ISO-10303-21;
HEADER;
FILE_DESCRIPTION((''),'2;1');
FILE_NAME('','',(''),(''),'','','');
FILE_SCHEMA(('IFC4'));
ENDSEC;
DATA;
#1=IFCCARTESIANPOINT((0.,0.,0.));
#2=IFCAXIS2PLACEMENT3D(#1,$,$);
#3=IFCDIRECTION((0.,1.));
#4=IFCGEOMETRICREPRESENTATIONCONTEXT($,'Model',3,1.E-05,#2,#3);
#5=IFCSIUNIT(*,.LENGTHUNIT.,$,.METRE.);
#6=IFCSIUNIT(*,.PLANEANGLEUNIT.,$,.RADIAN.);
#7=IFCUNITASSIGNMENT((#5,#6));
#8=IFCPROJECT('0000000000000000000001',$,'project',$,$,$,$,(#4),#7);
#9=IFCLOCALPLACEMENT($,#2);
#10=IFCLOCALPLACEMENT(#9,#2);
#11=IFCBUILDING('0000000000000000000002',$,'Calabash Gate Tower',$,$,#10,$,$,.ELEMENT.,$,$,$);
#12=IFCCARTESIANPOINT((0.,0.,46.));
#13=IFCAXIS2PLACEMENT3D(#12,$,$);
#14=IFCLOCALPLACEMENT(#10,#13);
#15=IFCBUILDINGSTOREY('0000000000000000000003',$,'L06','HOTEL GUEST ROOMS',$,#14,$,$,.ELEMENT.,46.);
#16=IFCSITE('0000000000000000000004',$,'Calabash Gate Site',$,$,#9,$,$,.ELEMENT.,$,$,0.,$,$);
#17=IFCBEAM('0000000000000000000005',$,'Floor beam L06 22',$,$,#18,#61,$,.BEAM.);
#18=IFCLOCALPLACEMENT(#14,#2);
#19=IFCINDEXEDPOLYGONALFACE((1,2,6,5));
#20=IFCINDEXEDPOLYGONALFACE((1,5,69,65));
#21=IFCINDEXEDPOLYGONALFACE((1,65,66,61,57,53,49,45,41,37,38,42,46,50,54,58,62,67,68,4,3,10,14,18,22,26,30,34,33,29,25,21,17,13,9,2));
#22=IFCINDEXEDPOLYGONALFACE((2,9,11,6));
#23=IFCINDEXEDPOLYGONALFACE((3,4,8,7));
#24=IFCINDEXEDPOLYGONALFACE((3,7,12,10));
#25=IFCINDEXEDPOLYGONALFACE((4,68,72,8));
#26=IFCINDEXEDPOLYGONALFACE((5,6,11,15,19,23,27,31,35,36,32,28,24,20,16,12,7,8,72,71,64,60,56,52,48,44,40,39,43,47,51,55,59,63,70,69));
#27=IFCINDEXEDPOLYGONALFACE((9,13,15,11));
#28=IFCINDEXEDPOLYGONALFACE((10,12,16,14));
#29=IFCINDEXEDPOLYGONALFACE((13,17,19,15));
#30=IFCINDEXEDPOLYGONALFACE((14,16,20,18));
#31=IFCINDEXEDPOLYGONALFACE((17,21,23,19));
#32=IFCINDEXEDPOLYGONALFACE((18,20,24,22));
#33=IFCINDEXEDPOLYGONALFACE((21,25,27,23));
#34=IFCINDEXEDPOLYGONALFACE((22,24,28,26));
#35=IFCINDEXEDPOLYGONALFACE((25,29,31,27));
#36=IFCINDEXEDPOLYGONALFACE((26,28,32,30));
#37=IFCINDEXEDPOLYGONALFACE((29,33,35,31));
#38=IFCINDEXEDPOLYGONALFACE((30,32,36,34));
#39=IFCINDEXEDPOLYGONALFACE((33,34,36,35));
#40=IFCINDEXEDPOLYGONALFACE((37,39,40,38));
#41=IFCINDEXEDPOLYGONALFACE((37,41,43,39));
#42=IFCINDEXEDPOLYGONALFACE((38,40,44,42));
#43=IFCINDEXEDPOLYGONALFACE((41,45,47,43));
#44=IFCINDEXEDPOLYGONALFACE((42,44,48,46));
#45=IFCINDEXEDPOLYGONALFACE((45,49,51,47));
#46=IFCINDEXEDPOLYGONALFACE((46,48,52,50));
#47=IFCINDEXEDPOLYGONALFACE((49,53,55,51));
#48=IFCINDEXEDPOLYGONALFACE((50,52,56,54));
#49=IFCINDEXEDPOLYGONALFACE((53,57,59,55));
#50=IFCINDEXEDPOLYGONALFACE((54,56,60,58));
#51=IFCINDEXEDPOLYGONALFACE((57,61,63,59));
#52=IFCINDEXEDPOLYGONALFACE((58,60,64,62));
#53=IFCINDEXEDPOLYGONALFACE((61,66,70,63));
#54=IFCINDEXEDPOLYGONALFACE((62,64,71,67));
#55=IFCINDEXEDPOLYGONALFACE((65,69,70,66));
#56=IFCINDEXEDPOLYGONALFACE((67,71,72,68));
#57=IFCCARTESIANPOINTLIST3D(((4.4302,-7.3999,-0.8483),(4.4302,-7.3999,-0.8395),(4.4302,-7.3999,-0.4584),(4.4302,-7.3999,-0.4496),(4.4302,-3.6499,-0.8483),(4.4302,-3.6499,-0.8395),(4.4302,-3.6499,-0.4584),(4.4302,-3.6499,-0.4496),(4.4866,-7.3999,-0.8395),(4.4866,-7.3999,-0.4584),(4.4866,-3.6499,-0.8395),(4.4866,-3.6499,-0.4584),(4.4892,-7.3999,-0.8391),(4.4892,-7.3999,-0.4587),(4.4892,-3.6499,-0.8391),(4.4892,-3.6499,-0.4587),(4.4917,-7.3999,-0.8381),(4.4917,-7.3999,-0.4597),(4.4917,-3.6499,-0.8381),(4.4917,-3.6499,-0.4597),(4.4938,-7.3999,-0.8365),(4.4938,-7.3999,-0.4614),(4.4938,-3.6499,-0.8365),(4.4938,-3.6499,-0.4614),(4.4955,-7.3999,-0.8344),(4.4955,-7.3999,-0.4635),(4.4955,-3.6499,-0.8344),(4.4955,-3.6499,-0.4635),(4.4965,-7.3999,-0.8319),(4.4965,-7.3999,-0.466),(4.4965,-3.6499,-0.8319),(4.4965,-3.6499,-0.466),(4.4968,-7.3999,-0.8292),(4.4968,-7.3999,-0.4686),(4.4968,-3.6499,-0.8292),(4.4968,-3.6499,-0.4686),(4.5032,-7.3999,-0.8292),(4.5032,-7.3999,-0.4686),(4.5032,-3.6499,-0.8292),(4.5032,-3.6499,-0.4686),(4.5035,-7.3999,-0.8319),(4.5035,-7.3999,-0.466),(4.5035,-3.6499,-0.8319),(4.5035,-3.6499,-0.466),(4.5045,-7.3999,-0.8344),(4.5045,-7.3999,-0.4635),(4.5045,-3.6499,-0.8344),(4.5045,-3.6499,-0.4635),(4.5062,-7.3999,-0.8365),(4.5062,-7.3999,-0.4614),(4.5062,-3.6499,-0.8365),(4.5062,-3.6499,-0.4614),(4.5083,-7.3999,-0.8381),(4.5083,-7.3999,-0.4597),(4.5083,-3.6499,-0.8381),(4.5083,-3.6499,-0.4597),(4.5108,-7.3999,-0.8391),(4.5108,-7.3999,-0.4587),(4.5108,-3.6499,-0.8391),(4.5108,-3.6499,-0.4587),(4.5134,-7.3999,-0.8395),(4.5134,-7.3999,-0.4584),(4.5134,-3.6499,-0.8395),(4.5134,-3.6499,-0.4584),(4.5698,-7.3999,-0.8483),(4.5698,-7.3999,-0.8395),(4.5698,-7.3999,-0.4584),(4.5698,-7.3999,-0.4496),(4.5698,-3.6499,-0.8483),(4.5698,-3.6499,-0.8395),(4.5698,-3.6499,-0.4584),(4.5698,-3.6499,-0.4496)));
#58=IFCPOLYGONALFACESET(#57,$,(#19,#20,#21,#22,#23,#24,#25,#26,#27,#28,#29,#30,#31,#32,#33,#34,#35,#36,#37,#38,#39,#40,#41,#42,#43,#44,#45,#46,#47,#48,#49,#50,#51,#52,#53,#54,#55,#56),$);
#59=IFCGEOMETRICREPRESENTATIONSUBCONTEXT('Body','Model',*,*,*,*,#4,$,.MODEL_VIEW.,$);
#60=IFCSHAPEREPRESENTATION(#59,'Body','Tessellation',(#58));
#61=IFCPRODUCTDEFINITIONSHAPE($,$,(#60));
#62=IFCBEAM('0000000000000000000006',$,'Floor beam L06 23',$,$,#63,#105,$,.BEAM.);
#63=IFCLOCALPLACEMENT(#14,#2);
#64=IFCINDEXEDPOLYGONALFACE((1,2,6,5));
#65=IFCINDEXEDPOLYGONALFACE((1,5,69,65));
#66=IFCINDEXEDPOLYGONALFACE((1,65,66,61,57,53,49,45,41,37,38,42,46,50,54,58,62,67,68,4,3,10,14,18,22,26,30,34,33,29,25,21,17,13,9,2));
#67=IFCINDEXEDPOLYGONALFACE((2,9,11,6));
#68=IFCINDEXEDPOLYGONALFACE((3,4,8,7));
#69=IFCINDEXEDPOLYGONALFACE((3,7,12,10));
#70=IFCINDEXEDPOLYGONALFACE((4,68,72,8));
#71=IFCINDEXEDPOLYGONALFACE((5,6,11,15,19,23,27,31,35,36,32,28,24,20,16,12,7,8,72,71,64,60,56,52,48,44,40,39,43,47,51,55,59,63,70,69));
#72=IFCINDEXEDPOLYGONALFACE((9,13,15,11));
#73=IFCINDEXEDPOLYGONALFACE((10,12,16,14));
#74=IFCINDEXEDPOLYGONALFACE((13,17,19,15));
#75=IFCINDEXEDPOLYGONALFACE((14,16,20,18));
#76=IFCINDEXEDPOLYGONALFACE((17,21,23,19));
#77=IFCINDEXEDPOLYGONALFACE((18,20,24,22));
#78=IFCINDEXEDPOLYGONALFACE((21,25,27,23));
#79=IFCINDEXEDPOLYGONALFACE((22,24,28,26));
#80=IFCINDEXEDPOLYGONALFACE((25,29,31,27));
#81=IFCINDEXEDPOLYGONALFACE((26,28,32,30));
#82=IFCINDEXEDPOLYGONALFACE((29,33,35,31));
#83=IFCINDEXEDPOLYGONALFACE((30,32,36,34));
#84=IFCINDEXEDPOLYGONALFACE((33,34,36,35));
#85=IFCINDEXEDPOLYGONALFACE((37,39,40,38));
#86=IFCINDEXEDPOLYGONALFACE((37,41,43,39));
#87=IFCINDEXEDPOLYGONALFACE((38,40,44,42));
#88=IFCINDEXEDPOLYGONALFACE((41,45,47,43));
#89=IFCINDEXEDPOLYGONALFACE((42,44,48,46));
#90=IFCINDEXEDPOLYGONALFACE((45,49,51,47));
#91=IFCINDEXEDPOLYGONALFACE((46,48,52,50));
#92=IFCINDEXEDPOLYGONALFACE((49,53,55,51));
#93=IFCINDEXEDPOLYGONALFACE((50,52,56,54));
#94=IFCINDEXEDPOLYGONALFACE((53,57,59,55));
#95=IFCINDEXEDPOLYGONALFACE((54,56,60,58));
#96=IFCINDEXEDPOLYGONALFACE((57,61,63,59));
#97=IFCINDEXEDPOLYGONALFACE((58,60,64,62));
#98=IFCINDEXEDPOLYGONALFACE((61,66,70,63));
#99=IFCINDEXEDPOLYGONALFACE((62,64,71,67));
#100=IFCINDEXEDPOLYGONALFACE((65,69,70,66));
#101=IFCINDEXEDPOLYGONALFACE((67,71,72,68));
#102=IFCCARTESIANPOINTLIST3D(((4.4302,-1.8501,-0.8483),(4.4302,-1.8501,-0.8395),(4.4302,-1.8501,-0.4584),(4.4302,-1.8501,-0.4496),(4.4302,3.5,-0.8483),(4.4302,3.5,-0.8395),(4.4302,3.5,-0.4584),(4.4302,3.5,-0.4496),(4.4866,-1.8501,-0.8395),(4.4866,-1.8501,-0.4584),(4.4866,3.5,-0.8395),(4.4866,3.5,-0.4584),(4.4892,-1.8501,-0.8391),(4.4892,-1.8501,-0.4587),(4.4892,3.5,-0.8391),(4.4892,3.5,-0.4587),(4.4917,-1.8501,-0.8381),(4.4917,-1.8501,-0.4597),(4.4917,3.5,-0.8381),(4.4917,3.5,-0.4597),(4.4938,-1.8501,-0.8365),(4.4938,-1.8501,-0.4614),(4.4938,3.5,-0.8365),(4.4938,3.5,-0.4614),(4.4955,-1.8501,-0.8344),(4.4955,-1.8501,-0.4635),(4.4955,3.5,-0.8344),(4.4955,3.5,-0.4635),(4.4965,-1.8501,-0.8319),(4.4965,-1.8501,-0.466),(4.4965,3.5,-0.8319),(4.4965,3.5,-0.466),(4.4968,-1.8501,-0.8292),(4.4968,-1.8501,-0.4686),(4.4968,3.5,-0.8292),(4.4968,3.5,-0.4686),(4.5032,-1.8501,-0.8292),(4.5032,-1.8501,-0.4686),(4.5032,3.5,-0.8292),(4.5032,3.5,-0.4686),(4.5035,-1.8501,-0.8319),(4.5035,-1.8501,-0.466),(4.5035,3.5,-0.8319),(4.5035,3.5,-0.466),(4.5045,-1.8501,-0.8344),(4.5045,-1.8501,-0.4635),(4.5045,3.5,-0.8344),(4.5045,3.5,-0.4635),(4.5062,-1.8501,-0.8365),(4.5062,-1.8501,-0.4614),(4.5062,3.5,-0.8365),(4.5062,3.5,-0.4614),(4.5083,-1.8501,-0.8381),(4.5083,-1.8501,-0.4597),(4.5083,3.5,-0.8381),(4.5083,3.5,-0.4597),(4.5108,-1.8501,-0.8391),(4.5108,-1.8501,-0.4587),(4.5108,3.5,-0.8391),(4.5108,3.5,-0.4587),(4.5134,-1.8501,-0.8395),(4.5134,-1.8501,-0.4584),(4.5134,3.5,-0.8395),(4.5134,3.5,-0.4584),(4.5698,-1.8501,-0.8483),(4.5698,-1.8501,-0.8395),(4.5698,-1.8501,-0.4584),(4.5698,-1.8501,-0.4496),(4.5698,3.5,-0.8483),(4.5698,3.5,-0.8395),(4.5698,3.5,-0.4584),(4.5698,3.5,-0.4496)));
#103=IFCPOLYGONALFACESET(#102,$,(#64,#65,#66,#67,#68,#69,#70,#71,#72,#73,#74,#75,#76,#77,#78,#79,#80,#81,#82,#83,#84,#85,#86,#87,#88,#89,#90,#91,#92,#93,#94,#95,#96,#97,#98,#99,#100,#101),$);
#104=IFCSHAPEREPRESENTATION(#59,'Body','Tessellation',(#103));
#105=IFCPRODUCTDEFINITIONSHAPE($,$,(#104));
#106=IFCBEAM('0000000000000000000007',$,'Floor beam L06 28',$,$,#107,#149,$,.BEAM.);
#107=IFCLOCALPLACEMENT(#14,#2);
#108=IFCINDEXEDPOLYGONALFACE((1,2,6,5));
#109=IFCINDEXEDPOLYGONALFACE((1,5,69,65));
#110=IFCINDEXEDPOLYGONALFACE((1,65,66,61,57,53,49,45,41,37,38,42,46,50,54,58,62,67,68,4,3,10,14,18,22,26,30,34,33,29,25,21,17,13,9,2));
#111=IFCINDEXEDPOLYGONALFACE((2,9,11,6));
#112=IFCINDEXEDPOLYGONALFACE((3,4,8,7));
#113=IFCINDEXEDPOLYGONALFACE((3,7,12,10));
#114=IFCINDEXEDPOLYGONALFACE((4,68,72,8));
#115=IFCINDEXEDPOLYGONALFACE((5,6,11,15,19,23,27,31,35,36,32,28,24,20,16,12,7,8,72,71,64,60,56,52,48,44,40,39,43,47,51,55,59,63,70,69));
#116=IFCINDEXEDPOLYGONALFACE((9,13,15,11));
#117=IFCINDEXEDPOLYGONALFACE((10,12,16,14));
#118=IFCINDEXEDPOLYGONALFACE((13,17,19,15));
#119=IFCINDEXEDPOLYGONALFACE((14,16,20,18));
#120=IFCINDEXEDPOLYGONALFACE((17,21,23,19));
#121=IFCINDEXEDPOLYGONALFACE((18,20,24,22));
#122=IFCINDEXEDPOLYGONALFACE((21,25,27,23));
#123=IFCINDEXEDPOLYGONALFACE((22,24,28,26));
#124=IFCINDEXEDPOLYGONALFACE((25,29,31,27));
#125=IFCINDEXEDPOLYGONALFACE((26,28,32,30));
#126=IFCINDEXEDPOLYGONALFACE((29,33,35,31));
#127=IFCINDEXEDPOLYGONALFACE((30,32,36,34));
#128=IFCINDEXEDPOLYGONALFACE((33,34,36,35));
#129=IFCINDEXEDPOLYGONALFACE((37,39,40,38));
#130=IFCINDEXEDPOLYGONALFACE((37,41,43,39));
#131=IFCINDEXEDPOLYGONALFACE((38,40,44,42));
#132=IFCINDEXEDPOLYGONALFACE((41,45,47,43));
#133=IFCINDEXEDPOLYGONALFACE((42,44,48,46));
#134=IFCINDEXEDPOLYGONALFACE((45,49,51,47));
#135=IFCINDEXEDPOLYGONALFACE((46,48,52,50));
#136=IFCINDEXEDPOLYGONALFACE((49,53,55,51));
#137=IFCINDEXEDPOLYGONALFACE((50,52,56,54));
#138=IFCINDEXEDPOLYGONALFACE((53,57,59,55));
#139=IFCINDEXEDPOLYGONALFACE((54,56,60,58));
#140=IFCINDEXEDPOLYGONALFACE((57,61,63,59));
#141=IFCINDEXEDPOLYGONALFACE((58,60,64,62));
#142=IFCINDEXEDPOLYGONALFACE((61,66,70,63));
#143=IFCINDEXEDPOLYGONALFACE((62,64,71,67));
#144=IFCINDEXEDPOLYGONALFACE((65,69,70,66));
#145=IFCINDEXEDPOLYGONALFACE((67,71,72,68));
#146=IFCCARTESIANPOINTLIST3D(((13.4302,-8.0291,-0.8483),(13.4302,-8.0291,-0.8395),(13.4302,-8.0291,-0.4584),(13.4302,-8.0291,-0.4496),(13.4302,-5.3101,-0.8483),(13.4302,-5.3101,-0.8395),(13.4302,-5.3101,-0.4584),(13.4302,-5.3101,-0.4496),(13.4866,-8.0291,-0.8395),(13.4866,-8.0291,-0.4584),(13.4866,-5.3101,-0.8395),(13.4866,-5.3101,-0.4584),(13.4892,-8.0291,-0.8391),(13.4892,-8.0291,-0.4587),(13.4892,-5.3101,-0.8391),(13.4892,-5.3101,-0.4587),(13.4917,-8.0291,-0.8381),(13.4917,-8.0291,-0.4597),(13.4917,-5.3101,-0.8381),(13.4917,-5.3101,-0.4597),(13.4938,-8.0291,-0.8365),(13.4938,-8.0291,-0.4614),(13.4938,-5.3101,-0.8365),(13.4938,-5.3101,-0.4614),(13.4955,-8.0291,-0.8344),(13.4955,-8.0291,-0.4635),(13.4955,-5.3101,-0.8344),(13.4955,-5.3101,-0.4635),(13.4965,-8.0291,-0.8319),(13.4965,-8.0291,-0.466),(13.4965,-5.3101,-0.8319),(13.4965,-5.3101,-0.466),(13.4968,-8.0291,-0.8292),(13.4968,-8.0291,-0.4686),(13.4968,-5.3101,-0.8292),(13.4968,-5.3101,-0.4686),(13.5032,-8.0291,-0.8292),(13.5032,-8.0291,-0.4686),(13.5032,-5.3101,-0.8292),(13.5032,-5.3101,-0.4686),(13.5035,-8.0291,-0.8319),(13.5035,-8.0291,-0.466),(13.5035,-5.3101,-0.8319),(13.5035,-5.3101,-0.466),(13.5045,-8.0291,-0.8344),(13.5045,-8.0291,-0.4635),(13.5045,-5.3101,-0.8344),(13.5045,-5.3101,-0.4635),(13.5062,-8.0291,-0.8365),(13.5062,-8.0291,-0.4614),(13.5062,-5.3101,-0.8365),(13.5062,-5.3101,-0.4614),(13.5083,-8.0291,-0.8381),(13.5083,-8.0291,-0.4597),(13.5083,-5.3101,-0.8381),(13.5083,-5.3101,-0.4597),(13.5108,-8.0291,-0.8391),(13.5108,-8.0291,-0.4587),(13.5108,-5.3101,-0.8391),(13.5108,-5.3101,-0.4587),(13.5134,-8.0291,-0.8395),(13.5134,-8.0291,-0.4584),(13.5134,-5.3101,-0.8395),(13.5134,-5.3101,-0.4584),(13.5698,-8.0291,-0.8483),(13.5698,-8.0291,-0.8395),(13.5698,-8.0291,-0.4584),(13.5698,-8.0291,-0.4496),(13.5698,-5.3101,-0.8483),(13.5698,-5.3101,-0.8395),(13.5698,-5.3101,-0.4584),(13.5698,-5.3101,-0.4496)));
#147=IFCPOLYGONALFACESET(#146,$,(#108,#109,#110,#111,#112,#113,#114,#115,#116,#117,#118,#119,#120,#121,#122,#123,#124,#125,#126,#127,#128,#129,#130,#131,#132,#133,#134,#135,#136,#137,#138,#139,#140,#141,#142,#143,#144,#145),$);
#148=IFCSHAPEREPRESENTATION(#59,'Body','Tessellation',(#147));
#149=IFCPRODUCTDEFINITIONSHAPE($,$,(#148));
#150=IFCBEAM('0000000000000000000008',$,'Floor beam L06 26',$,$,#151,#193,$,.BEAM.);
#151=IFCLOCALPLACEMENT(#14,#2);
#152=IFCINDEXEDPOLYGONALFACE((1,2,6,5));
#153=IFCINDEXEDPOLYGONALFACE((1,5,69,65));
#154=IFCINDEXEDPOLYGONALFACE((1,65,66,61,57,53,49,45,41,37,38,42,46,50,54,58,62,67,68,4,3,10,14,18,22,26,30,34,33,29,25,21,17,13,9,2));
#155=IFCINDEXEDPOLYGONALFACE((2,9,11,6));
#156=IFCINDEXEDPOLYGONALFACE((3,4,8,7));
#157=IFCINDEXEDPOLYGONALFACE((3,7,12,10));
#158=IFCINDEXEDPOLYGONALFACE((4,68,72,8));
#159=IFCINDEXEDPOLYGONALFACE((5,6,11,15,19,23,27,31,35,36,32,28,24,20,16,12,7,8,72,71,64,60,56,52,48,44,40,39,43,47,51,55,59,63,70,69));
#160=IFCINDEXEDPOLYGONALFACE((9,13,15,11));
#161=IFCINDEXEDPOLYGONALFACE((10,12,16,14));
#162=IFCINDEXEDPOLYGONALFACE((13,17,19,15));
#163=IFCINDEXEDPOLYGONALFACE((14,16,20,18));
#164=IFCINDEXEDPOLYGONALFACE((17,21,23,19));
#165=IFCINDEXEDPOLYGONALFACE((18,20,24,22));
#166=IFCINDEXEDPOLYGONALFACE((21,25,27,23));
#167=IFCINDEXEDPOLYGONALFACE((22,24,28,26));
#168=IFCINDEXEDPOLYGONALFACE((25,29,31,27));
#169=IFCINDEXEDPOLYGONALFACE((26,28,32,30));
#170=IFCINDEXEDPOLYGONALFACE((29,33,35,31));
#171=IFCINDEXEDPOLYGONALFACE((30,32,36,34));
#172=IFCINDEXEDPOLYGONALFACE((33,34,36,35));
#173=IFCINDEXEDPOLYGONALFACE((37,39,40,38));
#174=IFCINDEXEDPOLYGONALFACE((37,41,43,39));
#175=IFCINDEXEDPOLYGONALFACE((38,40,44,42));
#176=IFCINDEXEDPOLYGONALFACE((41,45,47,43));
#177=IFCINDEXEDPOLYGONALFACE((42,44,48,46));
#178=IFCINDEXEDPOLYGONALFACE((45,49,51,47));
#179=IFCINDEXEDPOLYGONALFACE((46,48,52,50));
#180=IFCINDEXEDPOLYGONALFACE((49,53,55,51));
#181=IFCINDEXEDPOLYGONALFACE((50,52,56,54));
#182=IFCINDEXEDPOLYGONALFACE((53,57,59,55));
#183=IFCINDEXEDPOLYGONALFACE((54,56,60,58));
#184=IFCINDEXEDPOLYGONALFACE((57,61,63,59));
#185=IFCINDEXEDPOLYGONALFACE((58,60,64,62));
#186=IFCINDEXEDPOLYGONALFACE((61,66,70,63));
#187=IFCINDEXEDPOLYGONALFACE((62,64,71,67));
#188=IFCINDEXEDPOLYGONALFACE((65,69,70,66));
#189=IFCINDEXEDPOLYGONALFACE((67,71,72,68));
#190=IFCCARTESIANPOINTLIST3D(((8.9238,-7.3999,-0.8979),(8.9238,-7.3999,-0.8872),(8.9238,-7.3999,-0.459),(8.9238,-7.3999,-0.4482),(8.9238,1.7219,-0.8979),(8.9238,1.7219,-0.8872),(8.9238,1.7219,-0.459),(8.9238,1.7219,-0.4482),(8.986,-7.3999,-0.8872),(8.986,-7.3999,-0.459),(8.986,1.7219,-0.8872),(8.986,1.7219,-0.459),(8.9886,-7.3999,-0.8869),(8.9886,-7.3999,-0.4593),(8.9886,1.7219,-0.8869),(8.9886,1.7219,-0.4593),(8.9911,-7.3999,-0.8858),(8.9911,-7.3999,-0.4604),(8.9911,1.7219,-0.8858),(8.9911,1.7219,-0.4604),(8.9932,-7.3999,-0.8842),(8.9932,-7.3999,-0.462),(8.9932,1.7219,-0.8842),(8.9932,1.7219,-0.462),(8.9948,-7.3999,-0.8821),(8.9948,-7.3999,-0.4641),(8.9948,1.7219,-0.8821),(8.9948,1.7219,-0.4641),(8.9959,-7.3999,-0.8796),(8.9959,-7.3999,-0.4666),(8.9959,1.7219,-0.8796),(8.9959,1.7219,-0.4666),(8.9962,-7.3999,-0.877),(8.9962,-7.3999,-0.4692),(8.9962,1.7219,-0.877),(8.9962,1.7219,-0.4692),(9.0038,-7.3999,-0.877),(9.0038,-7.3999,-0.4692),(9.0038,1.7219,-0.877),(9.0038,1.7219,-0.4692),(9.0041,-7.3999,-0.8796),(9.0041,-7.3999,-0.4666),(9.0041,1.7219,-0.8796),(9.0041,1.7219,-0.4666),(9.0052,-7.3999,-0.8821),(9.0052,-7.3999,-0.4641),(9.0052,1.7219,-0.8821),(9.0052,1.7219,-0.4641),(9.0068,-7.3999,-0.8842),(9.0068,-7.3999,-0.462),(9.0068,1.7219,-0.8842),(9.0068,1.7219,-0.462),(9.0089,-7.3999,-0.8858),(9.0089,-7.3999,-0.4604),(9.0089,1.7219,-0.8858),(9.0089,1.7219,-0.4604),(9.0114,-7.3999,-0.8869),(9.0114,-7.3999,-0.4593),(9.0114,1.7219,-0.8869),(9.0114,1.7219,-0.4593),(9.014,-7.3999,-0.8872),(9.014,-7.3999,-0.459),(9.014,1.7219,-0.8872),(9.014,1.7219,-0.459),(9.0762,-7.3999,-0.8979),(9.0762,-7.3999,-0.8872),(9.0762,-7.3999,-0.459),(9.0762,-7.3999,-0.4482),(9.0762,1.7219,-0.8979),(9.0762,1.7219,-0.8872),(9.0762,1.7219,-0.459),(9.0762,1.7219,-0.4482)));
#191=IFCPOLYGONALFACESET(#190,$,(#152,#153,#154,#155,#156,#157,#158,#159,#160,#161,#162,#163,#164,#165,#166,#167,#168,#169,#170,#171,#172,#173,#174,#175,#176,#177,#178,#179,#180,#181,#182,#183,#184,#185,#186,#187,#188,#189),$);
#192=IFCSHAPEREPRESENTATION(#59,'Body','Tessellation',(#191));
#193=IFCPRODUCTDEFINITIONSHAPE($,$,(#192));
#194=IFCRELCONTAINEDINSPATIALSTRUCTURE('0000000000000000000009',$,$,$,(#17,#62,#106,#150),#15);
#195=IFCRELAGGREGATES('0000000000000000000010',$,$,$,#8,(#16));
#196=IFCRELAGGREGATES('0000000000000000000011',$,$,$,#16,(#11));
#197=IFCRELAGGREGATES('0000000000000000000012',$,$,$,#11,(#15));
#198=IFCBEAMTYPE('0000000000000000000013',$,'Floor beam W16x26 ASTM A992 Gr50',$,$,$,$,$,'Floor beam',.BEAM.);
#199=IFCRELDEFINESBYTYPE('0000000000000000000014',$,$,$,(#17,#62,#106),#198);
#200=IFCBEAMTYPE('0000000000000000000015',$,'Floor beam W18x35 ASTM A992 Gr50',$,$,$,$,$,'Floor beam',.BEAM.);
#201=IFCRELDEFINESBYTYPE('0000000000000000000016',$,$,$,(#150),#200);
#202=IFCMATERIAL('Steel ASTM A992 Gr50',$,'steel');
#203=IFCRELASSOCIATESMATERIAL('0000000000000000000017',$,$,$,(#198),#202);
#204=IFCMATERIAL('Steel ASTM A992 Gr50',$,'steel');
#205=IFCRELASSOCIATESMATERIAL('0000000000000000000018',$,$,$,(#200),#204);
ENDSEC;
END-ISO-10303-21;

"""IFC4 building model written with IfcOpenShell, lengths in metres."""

from ifc_helpers import new_model, si_unit, direction, frame, origin, origin_2d, place, context, subcontext, project, spatial, i_section, extrude, material, material_profile, profile_set, type_object, element, save


model = new_model("IFC4")

# Units and contexts
model_context = context("Model", 3, precision=1e-05, world=origin(), true_north=direction((0.0, 1.0)))
body_context = subcontext(model_context, "Body", "Model", "MODEL_VIEW")
ifc_project = project(units=[si_unit("LENGTHUNIT", "METRE"), si_unit("PLANEANGLEUNIT", "RADIAN")], contexts=[model_context])

# Site, building, storey
site_placement = place(None, origin())
site = spatial("IfcSite", under=ifc_project, at=site_placement, Name="Calabash Gate Site", CompositionType="ELEMENT", RefElevation=0.0)
building_placement = place(site_placement, origin())
building = spatial("IfcBuilding", under=site, at=building_placement, Name="Calabash Gate Tower", CompositionType="ELEMENT")
storey_placement = place(building_placement, frame((0.0, 0.0, 46.0)))
storey = spatial("IfcBuildingStorey", under=building, at=storey_placement, Name="L06", Description="HOTEL GUEST ROOMS", CompositionType="ELEMENT", Elevation=46.0)

# Beams
ifc_material_1 = material(Name="Steel ASTM A992 Gr50", Category="steel")
ifc_material_profile_1 = material_profile(ifc_material_1, i_section(OverallWidth=0.1396, OverallDepth=0.3987, WebThickness=0.0063, FlangeThickness=0.0088, FilletRadius=0.0103, at=origin_2d()))
ifc_profile_set_1 = profile_set([ifc_material_profile_1], Name="Steel ASTM A992 Gr50")
beam_type_1 = type_object("IfcBeamType", Name="Floor beam W16x26 ASTM A992 Gr50", ElementType="Floor beam", PredefinedType="BEAM", material=ifc_profile_set_1)
beam_1_placement = place(storey_placement, frame((4.5, -7.3999, -0.6489), z_axis=(0.0, 1.0, 0.0), x_axis=(-1.0, 0.0, 0.0)))
element("IfcBeam", 1, at=beam_1_placement, inside=storey, type_object=beam_type_1, Name="Floor beam L06 22", PredefinedType="BEAM", context=body_context, shape_type="SweptSolid", body=[
    extrude(i_section(OverallWidth=0.1396, OverallDepth=0.3987, WebThickness=0.0063, FlangeThickness=0.0088, FilletRadius=0.0103, at=origin_2d()), origin(), (0.0, 0.0, 1.0), 3.75),
])
beam_2_placement = place(storey_placement, frame((4.5, -1.8501, -0.6489), z_axis=(0.0, 1.0, 0.0), x_axis=(-1.0, 0.0, 0.0)))
element("IfcBeam", 2, at=beam_2_placement, inside=storey, type_object=beam_type_1, Name="Floor beam L06 23", PredefinedType="BEAM", context=body_context, shape_type="SweptSolid", body=[
    extrude(i_section(OverallWidth=0.1396, OverallDepth=0.3987, WebThickness=0.0063, FlangeThickness=0.0088, FilletRadius=0.0103, at=origin_2d()), origin(), (0.0, 0.0, 1.0), 5.3501),
])
beam_3_placement = place(storey_placement, frame((13.5, -8.0291, -0.6489), z_axis=(0.0, 1.0, 0.0), x_axis=(-1.0, 0.0, 0.0)))
element("IfcBeam", 3, at=beam_3_placement, inside=storey, type_object=beam_type_1, Name="Floor beam L06 28", PredefinedType="BEAM", context=body_context, shape_type="SweptSolid", body=[
    extrude(i_section(OverallWidth=0.1396, OverallDepth=0.3987, WebThickness=0.0063, FlangeThickness=0.0088, FilletRadius=0.0103, at=origin_2d()), origin(), (0.0, 0.0, 1.0), 2.719),
])
ifc_material_2 = material(Name="Steel ASTM A992 Gr50", Category="steel")
ifc_material_profile_2 = material_profile(ifc_material_2, i_section(OverallWidth=0.1523, OverallDepth=0.4497, WebThickness=0.0076, FlangeThickness=0.0107, FilletRadius=0.0103, at=origin_2d()))
ifc_profile_set_2 = profile_set([ifc_material_profile_2], Name="Steel ASTM A992 Gr50")
beam_type_2 = type_object("IfcBeamType", Name="Floor beam W18x35 ASTM A992 Gr50", ElementType="Floor beam", PredefinedType="BEAM", material=ifc_profile_set_2)
beam_4_placement = place(storey_placement, frame((9.0, -7.3999, -0.6731), z_axis=(0.0, 1.0, 0.0), x_axis=(-1.0, 0.0, 0.0)))
element("IfcBeam", 4, at=beam_4_placement, inside=storey, type_object=beam_type_2, Name="Floor beam L06 26", PredefinedType="BEAM", context=body_context, shape_type="SweptSolid", body=[
    extrude(i_section(OverallWidth=0.1523, OverallDepth=0.4497, WebThickness=0.0076, FlangeThickness=0.0107, FilletRadius=0.0103, at=origin_2d()), origin(), (0.0, 0.0, 1.0), 9.1218),
])

save(model, "model.ifc")
